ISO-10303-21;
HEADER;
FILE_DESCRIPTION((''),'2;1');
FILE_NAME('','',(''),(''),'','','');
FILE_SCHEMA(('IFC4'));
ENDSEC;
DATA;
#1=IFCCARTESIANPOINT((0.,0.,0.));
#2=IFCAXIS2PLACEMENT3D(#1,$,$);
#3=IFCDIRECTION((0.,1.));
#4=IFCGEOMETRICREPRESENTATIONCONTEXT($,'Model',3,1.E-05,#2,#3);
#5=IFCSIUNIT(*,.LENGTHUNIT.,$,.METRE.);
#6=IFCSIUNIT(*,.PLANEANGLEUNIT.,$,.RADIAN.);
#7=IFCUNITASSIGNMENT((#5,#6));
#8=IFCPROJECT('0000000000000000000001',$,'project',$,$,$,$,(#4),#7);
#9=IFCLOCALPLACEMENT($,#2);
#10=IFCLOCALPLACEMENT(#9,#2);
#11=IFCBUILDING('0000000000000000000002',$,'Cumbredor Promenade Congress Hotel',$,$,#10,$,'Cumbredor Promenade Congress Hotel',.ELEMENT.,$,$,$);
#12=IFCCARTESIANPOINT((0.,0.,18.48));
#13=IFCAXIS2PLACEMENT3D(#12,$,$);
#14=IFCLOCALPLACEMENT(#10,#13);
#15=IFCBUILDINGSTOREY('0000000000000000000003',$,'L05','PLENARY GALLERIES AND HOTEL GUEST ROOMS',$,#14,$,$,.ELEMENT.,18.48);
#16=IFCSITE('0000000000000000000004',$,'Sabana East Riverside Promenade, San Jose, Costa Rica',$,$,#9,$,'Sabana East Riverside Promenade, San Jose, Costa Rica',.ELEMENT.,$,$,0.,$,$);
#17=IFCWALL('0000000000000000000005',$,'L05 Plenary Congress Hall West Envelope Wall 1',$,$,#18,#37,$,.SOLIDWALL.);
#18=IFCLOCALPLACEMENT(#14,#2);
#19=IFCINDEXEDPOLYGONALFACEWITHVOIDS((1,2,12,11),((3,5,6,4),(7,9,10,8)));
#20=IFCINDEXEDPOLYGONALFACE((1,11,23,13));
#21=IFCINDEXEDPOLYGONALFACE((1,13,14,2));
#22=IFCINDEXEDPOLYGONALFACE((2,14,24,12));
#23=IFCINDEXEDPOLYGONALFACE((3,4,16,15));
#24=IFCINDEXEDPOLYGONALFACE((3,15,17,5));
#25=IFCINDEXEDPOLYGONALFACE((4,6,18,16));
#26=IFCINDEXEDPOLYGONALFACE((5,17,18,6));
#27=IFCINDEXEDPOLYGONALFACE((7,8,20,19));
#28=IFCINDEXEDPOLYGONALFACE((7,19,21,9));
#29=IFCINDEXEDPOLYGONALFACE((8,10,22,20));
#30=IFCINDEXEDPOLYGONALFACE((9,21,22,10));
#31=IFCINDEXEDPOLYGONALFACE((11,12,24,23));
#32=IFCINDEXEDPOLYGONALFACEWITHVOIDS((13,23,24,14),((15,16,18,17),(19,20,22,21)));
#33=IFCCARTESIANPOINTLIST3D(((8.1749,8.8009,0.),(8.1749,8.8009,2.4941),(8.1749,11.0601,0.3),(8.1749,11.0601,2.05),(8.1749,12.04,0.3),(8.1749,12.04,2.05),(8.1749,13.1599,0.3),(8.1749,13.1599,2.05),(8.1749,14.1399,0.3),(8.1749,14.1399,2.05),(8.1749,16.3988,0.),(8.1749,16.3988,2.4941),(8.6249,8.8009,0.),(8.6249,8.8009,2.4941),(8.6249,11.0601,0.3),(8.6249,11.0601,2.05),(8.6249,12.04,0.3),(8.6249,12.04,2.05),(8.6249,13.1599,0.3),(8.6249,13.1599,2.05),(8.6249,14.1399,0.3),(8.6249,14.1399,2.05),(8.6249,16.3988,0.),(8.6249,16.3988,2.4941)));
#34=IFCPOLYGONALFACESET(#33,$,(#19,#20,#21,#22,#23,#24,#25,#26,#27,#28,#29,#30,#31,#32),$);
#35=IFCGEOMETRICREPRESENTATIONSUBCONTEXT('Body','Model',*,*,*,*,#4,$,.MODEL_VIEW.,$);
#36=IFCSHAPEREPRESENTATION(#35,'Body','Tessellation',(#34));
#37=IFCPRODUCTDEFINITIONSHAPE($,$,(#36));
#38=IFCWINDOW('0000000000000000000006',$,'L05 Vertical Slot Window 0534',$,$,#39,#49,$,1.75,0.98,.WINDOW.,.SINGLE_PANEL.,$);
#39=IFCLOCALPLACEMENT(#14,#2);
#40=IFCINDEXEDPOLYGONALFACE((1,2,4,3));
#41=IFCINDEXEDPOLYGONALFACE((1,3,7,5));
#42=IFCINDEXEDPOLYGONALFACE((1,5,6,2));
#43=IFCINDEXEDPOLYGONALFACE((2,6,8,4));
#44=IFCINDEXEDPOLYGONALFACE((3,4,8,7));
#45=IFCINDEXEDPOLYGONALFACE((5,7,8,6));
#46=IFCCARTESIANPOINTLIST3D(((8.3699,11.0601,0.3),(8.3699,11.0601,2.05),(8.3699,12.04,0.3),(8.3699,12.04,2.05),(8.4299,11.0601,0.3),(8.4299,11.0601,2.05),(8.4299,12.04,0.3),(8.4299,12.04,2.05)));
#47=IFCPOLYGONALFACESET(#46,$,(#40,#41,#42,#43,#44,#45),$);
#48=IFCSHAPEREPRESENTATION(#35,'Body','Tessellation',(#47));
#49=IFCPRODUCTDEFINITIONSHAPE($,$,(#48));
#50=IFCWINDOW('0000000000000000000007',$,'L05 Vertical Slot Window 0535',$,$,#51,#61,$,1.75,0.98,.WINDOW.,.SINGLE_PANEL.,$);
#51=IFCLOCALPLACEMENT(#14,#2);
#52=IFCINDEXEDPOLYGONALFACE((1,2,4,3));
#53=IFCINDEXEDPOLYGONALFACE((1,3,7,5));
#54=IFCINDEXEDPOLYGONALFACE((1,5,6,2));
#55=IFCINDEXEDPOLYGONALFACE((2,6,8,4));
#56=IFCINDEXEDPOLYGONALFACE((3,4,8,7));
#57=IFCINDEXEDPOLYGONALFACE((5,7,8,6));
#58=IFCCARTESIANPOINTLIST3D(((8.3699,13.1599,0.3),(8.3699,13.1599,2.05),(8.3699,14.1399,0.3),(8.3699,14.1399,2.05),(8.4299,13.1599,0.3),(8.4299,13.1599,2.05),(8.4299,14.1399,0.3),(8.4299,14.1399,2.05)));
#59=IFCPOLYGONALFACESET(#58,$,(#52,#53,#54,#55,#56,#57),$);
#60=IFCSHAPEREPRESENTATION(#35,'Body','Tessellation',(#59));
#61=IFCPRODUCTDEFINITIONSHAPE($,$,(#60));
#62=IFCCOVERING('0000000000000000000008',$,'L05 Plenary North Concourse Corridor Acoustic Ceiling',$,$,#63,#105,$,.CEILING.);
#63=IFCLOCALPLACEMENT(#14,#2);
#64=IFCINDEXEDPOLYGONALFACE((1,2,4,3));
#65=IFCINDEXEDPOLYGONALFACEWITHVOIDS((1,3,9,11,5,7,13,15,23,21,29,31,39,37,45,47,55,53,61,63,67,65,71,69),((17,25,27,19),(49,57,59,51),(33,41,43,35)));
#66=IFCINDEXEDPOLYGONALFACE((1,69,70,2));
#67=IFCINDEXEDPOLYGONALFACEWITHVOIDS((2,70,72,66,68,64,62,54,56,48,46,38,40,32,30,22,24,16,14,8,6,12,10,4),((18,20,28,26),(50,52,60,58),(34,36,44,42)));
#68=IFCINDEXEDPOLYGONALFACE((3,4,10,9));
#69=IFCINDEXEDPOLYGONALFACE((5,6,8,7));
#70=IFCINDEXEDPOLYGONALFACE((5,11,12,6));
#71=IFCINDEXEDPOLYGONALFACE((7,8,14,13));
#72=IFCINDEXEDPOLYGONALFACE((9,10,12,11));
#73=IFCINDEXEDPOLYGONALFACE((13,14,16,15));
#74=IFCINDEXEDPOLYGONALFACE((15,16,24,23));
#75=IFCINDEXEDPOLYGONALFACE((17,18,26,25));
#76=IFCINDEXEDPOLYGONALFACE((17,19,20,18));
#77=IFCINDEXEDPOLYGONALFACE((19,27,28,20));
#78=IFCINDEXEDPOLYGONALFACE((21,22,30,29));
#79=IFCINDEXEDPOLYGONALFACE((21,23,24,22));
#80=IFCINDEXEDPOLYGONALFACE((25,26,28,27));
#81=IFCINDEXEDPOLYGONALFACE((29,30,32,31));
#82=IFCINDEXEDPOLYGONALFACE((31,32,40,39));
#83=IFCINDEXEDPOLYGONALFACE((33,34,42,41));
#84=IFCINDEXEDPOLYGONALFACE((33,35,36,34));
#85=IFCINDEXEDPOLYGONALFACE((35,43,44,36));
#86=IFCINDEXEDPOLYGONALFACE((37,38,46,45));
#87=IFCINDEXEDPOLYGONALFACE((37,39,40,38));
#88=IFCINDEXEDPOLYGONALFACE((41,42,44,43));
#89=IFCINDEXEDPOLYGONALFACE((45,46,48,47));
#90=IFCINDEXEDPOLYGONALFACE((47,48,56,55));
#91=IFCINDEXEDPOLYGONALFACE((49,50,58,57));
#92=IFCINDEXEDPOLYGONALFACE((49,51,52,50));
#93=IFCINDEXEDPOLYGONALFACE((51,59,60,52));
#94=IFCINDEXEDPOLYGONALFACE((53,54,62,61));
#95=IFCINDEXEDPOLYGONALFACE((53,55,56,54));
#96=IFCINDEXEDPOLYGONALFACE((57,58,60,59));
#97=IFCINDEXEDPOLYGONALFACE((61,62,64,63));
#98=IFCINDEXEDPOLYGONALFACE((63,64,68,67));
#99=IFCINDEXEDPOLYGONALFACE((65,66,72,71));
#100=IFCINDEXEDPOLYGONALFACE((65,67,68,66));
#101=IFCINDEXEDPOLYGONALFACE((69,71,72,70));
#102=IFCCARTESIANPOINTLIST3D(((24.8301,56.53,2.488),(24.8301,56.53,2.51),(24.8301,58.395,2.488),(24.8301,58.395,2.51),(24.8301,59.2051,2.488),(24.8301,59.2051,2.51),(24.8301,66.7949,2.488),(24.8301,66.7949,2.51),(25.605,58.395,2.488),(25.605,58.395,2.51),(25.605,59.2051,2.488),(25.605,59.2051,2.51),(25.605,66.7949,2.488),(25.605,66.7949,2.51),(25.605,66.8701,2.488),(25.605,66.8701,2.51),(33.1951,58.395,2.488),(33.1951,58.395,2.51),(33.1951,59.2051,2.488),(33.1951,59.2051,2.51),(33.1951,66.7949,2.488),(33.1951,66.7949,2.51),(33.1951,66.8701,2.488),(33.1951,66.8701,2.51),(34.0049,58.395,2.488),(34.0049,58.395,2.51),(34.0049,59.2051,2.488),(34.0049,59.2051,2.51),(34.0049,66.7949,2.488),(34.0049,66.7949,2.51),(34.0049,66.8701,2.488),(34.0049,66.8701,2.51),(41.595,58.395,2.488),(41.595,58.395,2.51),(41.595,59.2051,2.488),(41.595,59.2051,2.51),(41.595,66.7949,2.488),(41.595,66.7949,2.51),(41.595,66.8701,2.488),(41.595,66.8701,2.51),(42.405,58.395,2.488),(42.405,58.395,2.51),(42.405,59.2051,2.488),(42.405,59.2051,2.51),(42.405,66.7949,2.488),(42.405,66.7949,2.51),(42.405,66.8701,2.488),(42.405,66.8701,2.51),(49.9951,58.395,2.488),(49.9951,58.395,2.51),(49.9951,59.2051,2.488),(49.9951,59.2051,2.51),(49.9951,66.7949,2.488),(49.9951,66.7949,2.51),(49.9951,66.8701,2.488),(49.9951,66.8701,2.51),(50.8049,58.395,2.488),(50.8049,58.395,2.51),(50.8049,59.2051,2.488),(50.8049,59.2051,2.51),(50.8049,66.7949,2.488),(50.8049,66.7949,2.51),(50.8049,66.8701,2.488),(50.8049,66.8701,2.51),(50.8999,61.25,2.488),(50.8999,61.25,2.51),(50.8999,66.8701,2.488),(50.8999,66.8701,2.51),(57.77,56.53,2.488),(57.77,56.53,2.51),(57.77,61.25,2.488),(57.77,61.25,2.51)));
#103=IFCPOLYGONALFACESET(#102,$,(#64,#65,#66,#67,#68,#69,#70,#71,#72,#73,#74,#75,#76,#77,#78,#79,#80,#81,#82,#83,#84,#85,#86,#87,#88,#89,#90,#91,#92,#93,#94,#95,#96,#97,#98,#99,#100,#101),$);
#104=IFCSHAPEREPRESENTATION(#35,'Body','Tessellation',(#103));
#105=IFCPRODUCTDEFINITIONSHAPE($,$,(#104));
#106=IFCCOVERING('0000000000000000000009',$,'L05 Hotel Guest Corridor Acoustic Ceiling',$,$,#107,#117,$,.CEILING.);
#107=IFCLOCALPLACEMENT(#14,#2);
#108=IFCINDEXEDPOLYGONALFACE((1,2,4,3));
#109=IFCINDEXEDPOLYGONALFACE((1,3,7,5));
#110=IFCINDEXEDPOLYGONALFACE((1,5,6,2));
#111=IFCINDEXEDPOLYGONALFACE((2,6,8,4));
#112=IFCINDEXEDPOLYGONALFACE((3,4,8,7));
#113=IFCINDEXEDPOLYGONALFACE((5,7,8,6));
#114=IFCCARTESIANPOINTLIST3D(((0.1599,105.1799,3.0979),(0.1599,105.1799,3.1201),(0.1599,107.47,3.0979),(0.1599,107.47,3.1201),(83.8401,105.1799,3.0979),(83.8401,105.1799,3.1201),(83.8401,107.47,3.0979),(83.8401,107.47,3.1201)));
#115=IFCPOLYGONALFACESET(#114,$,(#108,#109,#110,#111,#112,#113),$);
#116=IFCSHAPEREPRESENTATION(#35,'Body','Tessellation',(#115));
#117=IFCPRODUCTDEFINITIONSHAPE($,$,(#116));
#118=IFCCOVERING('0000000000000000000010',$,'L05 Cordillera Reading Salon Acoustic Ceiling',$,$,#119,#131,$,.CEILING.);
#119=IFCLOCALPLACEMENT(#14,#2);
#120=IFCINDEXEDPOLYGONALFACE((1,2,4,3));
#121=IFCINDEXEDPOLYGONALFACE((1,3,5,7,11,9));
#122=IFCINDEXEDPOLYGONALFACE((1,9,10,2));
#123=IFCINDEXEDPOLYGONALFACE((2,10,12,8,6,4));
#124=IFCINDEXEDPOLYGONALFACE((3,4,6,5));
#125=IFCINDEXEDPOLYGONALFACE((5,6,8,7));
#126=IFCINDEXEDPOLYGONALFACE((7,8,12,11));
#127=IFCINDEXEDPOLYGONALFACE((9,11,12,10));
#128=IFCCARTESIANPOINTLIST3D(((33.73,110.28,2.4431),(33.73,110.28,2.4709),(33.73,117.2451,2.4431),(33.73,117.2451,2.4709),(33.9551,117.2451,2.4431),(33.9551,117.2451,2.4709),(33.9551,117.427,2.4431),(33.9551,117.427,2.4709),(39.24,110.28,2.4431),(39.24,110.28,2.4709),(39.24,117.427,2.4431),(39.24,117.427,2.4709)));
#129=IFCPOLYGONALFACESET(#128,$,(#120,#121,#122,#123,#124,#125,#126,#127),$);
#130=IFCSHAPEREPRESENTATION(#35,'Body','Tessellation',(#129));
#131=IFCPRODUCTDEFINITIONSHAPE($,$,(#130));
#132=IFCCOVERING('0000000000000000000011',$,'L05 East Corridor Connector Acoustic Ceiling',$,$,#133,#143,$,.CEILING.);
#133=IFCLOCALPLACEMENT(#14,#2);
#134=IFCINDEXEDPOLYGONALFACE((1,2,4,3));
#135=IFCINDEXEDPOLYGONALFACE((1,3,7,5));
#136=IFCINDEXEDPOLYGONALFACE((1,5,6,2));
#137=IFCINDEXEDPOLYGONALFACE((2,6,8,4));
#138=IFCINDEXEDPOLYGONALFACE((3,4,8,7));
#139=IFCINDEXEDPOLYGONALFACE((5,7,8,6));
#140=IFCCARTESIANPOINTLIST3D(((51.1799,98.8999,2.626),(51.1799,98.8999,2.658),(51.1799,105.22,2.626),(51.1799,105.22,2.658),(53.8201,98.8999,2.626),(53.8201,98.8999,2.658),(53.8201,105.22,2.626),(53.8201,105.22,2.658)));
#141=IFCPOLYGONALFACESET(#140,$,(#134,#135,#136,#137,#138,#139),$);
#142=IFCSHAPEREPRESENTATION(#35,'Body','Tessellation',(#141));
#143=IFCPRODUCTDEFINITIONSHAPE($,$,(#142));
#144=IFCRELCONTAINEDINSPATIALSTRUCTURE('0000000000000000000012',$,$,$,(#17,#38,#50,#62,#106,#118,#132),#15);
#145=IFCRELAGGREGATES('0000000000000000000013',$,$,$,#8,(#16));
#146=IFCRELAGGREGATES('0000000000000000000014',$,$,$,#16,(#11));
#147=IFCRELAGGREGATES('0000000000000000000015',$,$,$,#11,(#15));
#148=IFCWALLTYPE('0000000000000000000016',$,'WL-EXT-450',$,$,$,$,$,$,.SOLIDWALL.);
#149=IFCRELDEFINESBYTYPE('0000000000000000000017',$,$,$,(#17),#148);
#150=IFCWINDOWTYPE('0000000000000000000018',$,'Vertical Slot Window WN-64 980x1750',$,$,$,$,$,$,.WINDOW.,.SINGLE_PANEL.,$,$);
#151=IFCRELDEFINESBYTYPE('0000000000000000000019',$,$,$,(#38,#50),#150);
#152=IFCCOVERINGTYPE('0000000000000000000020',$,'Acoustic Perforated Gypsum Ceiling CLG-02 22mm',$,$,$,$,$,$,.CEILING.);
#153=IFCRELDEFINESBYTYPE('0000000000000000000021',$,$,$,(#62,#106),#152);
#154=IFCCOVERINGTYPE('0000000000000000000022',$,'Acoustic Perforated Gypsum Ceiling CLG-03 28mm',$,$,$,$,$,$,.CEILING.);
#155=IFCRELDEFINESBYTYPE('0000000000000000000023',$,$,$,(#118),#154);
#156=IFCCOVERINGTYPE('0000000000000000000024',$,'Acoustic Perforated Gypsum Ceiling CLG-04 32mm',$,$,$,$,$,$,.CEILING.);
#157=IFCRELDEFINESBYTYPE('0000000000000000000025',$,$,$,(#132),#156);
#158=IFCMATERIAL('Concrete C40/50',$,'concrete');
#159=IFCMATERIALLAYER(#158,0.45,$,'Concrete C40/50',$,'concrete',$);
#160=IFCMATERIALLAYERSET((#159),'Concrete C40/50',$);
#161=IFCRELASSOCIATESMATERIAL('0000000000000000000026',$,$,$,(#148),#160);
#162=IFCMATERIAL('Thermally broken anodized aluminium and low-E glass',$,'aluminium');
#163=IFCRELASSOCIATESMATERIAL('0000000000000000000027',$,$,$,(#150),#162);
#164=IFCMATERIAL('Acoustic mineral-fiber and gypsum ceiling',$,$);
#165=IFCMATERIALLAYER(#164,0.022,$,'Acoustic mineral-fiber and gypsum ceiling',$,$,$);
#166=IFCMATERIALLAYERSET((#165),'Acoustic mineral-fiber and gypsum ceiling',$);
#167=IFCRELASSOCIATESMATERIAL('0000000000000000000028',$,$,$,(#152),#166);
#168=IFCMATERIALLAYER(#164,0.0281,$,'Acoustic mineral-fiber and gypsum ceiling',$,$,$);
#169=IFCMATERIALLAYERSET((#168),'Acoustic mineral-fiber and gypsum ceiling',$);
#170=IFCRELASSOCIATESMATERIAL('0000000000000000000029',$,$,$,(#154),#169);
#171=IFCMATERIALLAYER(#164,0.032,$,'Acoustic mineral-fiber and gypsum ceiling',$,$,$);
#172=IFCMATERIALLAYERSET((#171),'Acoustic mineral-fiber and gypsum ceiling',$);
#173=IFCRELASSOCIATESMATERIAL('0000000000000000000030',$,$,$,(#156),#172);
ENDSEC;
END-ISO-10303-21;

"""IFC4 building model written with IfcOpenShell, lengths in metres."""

from ifc_helpers import new_model, si_unit, direction, frame, frame_2d, origin, place, context, subcontext, project, spatial, polyline, rectangle, outline, extrude, material, layer, layer_set, type_object, element, fill, save


model = new_model("IFC4")

# Units and contexts
model_context = context("Model", 3, precision=1e-05, world=origin(), true_north=direction((0.0, 1.0)))
body_context = subcontext(model_context, "Body", "Model", "MODEL_VIEW")
ifc_project = project(units=[si_unit("LENGTHUNIT", "METRE"), si_unit("PLANEANGLEUNIT", "RADIAN")], contexts=[model_context])

# Site, building, storey
site_placement = place(None, origin())
site = spatial("IfcSite", under=ifc_project, at=site_placement, Name="Sabana East Riverside Promenade, San Jose, Costa Rica", LongName="Sabana East Riverside Promenade, San Jose, Costa Rica", CompositionType="ELEMENT", RefElevation=0.0)
building_placement = place(site_placement, origin())
building = spatial("IfcBuilding", under=site, at=building_placement, Name="Cumbredor Promenade Congress Hotel", LongName="Cumbredor Promenade Congress Hotel", CompositionType="ELEMENT")
storey_placement = place(building_placement, frame((0.0, 0.0, 18.48)))
storey = spatial("IfcBuildingStorey", under=building, at=storey_placement, Name="L05", Description="PLENARY GALLERIES AND HOTEL GUEST ROOMS", CompositionType="ELEMENT", Elevation=18.48)

# Shared definitions
ifc_material_1 = material(Name="Thermally broken anodized aluminium and low-E glass", Category="aluminium")

# Wall, openings, windows
ifc_material_2 = material(Name="Concrete C40/50", Category="concrete")
ifc_layer_1 = layer(ifc_material_2, 0.45, Name="Concrete C40/50", Category="concrete")
ifc_layer_set_1 = layer_set([ifc_layer_1], Name="Concrete C40/50")
wall_type = type_object("IfcWallType", Name="WL-EXT-450", PredefinedType="SOLIDWALL", material=ifc_layer_set_1)
wall_placement = place(storey_placement, frame((8.3999, 8.801, 0.0), z_axis=(0.0, 0.0, 1.0), x_axis=(0.0, 1.0, 0.0)))
wall = element("IfcWall", 1, at=wall_placement, inside=storey, type_object=wall_type, Name="L05 Plenary Congress Hall West Envelope Wall 1", PredefinedType="SOLIDWALL", context=body_context, shape_type="SweptSolid", body=[
    extrude(rectangle(XDim=7.5979, YDim=0.45, at=frame_2d((3.7988, 0.0))), origin(), (0.0, 0.0, 1.0), 2.4941),
])
opening_1_placement = place(wall_placement, frame((2.259, 0.0, 0.3)))
opening_1 = element("IfcOpeningElement", 2, at=opening_1_placement, cuts=wall, PredefinedType="OPENING", context=body_context, shape_type="SweptSolid", body=[
    extrude(rectangle(XDim=0.98, YDim=1.75, at=frame_2d((0.49, 0.875))), frame((0.0, 0.2349, 0.0), z_axis=(0.0, -1.0, 0.0), x_axis=(1.0, 0.0, 0.0)), (0.0, 0.0, 1.0), 0.47),
])
opening_2_placement = place(wall_placement, frame((4.3589, 0.0, 0.3)))
opening_2 = element("IfcOpeningElement", 3, at=opening_2_placement, cuts=wall, PredefinedType="OPENING", context=body_context, shape_type="SweptSolid", body=[
    extrude(rectangle(XDim=0.98, YDim=1.75, at=frame_2d((0.49, 0.875))), frame((0.0, 0.2349, 0.0), z_axis=(0.0, -1.0, 0.0), x_axis=(1.0, 0.0, 0.0)), (0.0, 0.0, 1.0), 0.47),
])
window_type = type_object("IfcWindowType", Name="Vertical Slot Window WN-64 980x1750", PartitioningType="SINGLE_PANEL", PredefinedType="WINDOW", material=ifc_material_1)
window_1_placement = place(opening_1_placement, origin())
window_1 = element("IfcWindow", 4, at=window_1_placement, inside=storey, type_object=window_type, Name="L05 Vertical Slot Window 0534", OverallHeight=1.75, OverallWidth=0.98, PartitioningType="SINGLE_PANEL", PredefinedType="WINDOW", context=body_context, shape_type="SweptSolid", body=[
    extrude(rectangle(XDim=0.98, YDim=1.75, at=frame_2d((0.49, 0.875))), frame((0.0, 0.03, 0.0), z_axis=(0.0, -1.0, 0.0), x_axis=(1.0, 0.0, 0.0)), (0.0, 0.0, 1.0), 0.0601),
])
fill(opening_1, window_1)
window_2_placement = place(opening_2_placement, origin())
window_2 = element("IfcWindow", 5, at=window_2_placement, inside=storey, type_object=window_type, Name="L05 Vertical Slot Window 0535", OverallHeight=1.75, OverallWidth=0.98, PartitioningType="SINGLE_PANEL", PredefinedType="WINDOW", context=body_context, shape_type="SweptSolid", body=[
    extrude(rectangle(XDim=0.98, YDim=1.75, at=frame_2d((0.49, 0.875))), frame((0.0, 0.03, 0.0), z_axis=(0.0, -1.0, 0.0), x_axis=(1.0, 0.0, 0.0)), (0.0, 0.0, 1.0), 0.0601),
])
fill(opening_2, window_2)

# Coverings
ifc_material_3 = material(Name="Acoustic mineral-fiber and gypsum ceiling")
ifc_layer_2 = layer(ifc_material_3, 0.022, Name="Acoustic mineral-fiber and gypsum ceiling")
ifc_layer_set_2 = layer_set([ifc_layer_2], Name="Acoustic mineral-fiber and gypsum ceiling")
covering_type_1 = type_object("IfcCoveringType", Name="Acoustic Perforated Gypsum Ceiling CLG-02 22mm", PredefinedType="CEILING", material=ifc_layer_set_2)
covering_1_placement = place(storey_placement, frame((0.0, 0.0, 2.488)))
element("IfcCovering", 6, at=covering_1_placement, inside=storey, type_object=covering_type_1, Name="L05 Plenary North Concourse Corridor Acoustic Ceiling", PredefinedType="CEILING", context=body_context, shape_type="SweptSolid", body=[
    extrude(outline(polyline([(33.1951, 66.8701), (33.1951, 66.7949), (34.0049, 66.7949), (34.0049, 66.8701), (41.595, 66.8701), (41.595, 66.7949), (42.405, 66.7949), (42.405, 66.8701), (49.9951, 66.8701), (49.9951, 66.7949), (50.8049, 66.7949), (50.8049, 66.8701), (50.8999, 66.8701), (50.8999, 61.25), (57.77, 61.25), (57.77, 56.53), (24.8301, 56.53), (24.8301, 58.395), (25.605, 58.395), (25.605, 59.2051), (24.8301, 59.2051), (24.8301, 66.7949), (25.605, 66.7949), (25.605, 66.8701), (33.1951, 66.8701)]), holes=[polyline([(33.1951, 59.2051), (33.1951, 58.395), (34.0049, 58.395), (34.0049, 59.2051), (33.1951, 59.2051)]), polyline([(42.405, 58.395), (42.405, 59.2051), (41.595, 59.2051), (41.595, 58.395), (42.405, 58.395)]), polyline([(49.9951, 59.2051), (49.9951, 58.395), (50.8049, 58.395), (50.8049, 59.2051), (49.9951, 59.2051)])]), origin(), (0.0, 0.0, 1.0), 0.022),
])
covering_2_placement = place(storey_placement, frame((0.0, 0.0, 3.0979)))
element("IfcCovering", 7, at=covering_2_placement, inside=storey, type_object=covering_type_1, Name="L05 Hotel Guest Corridor Acoustic Ceiling", PredefinedType="CEILING", context=body_context, shape_type="SweptSolid", body=[
    extrude(outline(polyline([(0.1599, 105.1799), (0.1599, 107.47), (83.8401, 107.47), (83.8401, 105.1799), (0.1599, 105.1799)])), origin(), (0.0, 0.0, 1.0), 0.0222),
])
ifc_layer_3 = layer(ifc_material_3, 0.0281, Name="Acoustic mineral-fiber and gypsum ceiling")
ifc_layer_set_3 = layer_set([ifc_layer_3], Name="Acoustic mineral-fiber and gypsum ceiling")
covering_type_2 = type_object("IfcCoveringType", Name="Acoustic Perforated Gypsum Ceiling CLG-03 28mm", PredefinedType="CEILING", material=ifc_layer_set_3)
covering_3_placement = place(storey_placement, frame((0.0, 0.0, 2.4431)))
element("IfcCovering", 8, at=covering_3_placement, inside=storey, type_object=covering_type_2, Name="L05 Cordillera Reading Salon Acoustic Ceiling", PredefinedType="CEILING", context=body_context, shape_type="SweptSolid", body=[
    extrude(outline(polyline([(33.73, 117.2451), (33.9551, 117.2451), (33.9551, 117.427), (39.24, 117.427), (39.24, 110.28), (33.73, 110.28), (33.73, 117.2451)])), origin(), (0.0, 0.0, 1.0), 0.0278),
])
ifc_layer_4 = layer(ifc_material_3, 0.032, Name="Acoustic mineral-fiber and gypsum ceiling")
ifc_layer_set_4 = layer_set([ifc_layer_4], Name="Acoustic mineral-fiber and gypsum ceiling")
covering_type_3 = type_object("IfcCoveringType", Name="Acoustic Perforated Gypsum Ceiling CLG-04 32mm", PredefinedType="CEILING", material=ifc_layer_set_4)
covering_4_placement = place(storey_placement, frame((0.0, 0.0, 2.626)))
element("IfcCovering", 9, at=covering_4_placement, inside=storey, type_object=covering_type_3, Name="L05 East Corridor Connector Acoustic Ceiling", PredefinedType="CEILING", context=body_context, shape_type="SweptSolid", body=[
    extrude(outline(polyline([(51.1799, 98.8999), (51.1799, 105.22), (53.8201, 105.22), (53.8201, 98.8999), (51.1799, 98.8999)])), origin(), (0.0, 0.0, 1.0), 0.032),
])

save(model, "model.ifc")
